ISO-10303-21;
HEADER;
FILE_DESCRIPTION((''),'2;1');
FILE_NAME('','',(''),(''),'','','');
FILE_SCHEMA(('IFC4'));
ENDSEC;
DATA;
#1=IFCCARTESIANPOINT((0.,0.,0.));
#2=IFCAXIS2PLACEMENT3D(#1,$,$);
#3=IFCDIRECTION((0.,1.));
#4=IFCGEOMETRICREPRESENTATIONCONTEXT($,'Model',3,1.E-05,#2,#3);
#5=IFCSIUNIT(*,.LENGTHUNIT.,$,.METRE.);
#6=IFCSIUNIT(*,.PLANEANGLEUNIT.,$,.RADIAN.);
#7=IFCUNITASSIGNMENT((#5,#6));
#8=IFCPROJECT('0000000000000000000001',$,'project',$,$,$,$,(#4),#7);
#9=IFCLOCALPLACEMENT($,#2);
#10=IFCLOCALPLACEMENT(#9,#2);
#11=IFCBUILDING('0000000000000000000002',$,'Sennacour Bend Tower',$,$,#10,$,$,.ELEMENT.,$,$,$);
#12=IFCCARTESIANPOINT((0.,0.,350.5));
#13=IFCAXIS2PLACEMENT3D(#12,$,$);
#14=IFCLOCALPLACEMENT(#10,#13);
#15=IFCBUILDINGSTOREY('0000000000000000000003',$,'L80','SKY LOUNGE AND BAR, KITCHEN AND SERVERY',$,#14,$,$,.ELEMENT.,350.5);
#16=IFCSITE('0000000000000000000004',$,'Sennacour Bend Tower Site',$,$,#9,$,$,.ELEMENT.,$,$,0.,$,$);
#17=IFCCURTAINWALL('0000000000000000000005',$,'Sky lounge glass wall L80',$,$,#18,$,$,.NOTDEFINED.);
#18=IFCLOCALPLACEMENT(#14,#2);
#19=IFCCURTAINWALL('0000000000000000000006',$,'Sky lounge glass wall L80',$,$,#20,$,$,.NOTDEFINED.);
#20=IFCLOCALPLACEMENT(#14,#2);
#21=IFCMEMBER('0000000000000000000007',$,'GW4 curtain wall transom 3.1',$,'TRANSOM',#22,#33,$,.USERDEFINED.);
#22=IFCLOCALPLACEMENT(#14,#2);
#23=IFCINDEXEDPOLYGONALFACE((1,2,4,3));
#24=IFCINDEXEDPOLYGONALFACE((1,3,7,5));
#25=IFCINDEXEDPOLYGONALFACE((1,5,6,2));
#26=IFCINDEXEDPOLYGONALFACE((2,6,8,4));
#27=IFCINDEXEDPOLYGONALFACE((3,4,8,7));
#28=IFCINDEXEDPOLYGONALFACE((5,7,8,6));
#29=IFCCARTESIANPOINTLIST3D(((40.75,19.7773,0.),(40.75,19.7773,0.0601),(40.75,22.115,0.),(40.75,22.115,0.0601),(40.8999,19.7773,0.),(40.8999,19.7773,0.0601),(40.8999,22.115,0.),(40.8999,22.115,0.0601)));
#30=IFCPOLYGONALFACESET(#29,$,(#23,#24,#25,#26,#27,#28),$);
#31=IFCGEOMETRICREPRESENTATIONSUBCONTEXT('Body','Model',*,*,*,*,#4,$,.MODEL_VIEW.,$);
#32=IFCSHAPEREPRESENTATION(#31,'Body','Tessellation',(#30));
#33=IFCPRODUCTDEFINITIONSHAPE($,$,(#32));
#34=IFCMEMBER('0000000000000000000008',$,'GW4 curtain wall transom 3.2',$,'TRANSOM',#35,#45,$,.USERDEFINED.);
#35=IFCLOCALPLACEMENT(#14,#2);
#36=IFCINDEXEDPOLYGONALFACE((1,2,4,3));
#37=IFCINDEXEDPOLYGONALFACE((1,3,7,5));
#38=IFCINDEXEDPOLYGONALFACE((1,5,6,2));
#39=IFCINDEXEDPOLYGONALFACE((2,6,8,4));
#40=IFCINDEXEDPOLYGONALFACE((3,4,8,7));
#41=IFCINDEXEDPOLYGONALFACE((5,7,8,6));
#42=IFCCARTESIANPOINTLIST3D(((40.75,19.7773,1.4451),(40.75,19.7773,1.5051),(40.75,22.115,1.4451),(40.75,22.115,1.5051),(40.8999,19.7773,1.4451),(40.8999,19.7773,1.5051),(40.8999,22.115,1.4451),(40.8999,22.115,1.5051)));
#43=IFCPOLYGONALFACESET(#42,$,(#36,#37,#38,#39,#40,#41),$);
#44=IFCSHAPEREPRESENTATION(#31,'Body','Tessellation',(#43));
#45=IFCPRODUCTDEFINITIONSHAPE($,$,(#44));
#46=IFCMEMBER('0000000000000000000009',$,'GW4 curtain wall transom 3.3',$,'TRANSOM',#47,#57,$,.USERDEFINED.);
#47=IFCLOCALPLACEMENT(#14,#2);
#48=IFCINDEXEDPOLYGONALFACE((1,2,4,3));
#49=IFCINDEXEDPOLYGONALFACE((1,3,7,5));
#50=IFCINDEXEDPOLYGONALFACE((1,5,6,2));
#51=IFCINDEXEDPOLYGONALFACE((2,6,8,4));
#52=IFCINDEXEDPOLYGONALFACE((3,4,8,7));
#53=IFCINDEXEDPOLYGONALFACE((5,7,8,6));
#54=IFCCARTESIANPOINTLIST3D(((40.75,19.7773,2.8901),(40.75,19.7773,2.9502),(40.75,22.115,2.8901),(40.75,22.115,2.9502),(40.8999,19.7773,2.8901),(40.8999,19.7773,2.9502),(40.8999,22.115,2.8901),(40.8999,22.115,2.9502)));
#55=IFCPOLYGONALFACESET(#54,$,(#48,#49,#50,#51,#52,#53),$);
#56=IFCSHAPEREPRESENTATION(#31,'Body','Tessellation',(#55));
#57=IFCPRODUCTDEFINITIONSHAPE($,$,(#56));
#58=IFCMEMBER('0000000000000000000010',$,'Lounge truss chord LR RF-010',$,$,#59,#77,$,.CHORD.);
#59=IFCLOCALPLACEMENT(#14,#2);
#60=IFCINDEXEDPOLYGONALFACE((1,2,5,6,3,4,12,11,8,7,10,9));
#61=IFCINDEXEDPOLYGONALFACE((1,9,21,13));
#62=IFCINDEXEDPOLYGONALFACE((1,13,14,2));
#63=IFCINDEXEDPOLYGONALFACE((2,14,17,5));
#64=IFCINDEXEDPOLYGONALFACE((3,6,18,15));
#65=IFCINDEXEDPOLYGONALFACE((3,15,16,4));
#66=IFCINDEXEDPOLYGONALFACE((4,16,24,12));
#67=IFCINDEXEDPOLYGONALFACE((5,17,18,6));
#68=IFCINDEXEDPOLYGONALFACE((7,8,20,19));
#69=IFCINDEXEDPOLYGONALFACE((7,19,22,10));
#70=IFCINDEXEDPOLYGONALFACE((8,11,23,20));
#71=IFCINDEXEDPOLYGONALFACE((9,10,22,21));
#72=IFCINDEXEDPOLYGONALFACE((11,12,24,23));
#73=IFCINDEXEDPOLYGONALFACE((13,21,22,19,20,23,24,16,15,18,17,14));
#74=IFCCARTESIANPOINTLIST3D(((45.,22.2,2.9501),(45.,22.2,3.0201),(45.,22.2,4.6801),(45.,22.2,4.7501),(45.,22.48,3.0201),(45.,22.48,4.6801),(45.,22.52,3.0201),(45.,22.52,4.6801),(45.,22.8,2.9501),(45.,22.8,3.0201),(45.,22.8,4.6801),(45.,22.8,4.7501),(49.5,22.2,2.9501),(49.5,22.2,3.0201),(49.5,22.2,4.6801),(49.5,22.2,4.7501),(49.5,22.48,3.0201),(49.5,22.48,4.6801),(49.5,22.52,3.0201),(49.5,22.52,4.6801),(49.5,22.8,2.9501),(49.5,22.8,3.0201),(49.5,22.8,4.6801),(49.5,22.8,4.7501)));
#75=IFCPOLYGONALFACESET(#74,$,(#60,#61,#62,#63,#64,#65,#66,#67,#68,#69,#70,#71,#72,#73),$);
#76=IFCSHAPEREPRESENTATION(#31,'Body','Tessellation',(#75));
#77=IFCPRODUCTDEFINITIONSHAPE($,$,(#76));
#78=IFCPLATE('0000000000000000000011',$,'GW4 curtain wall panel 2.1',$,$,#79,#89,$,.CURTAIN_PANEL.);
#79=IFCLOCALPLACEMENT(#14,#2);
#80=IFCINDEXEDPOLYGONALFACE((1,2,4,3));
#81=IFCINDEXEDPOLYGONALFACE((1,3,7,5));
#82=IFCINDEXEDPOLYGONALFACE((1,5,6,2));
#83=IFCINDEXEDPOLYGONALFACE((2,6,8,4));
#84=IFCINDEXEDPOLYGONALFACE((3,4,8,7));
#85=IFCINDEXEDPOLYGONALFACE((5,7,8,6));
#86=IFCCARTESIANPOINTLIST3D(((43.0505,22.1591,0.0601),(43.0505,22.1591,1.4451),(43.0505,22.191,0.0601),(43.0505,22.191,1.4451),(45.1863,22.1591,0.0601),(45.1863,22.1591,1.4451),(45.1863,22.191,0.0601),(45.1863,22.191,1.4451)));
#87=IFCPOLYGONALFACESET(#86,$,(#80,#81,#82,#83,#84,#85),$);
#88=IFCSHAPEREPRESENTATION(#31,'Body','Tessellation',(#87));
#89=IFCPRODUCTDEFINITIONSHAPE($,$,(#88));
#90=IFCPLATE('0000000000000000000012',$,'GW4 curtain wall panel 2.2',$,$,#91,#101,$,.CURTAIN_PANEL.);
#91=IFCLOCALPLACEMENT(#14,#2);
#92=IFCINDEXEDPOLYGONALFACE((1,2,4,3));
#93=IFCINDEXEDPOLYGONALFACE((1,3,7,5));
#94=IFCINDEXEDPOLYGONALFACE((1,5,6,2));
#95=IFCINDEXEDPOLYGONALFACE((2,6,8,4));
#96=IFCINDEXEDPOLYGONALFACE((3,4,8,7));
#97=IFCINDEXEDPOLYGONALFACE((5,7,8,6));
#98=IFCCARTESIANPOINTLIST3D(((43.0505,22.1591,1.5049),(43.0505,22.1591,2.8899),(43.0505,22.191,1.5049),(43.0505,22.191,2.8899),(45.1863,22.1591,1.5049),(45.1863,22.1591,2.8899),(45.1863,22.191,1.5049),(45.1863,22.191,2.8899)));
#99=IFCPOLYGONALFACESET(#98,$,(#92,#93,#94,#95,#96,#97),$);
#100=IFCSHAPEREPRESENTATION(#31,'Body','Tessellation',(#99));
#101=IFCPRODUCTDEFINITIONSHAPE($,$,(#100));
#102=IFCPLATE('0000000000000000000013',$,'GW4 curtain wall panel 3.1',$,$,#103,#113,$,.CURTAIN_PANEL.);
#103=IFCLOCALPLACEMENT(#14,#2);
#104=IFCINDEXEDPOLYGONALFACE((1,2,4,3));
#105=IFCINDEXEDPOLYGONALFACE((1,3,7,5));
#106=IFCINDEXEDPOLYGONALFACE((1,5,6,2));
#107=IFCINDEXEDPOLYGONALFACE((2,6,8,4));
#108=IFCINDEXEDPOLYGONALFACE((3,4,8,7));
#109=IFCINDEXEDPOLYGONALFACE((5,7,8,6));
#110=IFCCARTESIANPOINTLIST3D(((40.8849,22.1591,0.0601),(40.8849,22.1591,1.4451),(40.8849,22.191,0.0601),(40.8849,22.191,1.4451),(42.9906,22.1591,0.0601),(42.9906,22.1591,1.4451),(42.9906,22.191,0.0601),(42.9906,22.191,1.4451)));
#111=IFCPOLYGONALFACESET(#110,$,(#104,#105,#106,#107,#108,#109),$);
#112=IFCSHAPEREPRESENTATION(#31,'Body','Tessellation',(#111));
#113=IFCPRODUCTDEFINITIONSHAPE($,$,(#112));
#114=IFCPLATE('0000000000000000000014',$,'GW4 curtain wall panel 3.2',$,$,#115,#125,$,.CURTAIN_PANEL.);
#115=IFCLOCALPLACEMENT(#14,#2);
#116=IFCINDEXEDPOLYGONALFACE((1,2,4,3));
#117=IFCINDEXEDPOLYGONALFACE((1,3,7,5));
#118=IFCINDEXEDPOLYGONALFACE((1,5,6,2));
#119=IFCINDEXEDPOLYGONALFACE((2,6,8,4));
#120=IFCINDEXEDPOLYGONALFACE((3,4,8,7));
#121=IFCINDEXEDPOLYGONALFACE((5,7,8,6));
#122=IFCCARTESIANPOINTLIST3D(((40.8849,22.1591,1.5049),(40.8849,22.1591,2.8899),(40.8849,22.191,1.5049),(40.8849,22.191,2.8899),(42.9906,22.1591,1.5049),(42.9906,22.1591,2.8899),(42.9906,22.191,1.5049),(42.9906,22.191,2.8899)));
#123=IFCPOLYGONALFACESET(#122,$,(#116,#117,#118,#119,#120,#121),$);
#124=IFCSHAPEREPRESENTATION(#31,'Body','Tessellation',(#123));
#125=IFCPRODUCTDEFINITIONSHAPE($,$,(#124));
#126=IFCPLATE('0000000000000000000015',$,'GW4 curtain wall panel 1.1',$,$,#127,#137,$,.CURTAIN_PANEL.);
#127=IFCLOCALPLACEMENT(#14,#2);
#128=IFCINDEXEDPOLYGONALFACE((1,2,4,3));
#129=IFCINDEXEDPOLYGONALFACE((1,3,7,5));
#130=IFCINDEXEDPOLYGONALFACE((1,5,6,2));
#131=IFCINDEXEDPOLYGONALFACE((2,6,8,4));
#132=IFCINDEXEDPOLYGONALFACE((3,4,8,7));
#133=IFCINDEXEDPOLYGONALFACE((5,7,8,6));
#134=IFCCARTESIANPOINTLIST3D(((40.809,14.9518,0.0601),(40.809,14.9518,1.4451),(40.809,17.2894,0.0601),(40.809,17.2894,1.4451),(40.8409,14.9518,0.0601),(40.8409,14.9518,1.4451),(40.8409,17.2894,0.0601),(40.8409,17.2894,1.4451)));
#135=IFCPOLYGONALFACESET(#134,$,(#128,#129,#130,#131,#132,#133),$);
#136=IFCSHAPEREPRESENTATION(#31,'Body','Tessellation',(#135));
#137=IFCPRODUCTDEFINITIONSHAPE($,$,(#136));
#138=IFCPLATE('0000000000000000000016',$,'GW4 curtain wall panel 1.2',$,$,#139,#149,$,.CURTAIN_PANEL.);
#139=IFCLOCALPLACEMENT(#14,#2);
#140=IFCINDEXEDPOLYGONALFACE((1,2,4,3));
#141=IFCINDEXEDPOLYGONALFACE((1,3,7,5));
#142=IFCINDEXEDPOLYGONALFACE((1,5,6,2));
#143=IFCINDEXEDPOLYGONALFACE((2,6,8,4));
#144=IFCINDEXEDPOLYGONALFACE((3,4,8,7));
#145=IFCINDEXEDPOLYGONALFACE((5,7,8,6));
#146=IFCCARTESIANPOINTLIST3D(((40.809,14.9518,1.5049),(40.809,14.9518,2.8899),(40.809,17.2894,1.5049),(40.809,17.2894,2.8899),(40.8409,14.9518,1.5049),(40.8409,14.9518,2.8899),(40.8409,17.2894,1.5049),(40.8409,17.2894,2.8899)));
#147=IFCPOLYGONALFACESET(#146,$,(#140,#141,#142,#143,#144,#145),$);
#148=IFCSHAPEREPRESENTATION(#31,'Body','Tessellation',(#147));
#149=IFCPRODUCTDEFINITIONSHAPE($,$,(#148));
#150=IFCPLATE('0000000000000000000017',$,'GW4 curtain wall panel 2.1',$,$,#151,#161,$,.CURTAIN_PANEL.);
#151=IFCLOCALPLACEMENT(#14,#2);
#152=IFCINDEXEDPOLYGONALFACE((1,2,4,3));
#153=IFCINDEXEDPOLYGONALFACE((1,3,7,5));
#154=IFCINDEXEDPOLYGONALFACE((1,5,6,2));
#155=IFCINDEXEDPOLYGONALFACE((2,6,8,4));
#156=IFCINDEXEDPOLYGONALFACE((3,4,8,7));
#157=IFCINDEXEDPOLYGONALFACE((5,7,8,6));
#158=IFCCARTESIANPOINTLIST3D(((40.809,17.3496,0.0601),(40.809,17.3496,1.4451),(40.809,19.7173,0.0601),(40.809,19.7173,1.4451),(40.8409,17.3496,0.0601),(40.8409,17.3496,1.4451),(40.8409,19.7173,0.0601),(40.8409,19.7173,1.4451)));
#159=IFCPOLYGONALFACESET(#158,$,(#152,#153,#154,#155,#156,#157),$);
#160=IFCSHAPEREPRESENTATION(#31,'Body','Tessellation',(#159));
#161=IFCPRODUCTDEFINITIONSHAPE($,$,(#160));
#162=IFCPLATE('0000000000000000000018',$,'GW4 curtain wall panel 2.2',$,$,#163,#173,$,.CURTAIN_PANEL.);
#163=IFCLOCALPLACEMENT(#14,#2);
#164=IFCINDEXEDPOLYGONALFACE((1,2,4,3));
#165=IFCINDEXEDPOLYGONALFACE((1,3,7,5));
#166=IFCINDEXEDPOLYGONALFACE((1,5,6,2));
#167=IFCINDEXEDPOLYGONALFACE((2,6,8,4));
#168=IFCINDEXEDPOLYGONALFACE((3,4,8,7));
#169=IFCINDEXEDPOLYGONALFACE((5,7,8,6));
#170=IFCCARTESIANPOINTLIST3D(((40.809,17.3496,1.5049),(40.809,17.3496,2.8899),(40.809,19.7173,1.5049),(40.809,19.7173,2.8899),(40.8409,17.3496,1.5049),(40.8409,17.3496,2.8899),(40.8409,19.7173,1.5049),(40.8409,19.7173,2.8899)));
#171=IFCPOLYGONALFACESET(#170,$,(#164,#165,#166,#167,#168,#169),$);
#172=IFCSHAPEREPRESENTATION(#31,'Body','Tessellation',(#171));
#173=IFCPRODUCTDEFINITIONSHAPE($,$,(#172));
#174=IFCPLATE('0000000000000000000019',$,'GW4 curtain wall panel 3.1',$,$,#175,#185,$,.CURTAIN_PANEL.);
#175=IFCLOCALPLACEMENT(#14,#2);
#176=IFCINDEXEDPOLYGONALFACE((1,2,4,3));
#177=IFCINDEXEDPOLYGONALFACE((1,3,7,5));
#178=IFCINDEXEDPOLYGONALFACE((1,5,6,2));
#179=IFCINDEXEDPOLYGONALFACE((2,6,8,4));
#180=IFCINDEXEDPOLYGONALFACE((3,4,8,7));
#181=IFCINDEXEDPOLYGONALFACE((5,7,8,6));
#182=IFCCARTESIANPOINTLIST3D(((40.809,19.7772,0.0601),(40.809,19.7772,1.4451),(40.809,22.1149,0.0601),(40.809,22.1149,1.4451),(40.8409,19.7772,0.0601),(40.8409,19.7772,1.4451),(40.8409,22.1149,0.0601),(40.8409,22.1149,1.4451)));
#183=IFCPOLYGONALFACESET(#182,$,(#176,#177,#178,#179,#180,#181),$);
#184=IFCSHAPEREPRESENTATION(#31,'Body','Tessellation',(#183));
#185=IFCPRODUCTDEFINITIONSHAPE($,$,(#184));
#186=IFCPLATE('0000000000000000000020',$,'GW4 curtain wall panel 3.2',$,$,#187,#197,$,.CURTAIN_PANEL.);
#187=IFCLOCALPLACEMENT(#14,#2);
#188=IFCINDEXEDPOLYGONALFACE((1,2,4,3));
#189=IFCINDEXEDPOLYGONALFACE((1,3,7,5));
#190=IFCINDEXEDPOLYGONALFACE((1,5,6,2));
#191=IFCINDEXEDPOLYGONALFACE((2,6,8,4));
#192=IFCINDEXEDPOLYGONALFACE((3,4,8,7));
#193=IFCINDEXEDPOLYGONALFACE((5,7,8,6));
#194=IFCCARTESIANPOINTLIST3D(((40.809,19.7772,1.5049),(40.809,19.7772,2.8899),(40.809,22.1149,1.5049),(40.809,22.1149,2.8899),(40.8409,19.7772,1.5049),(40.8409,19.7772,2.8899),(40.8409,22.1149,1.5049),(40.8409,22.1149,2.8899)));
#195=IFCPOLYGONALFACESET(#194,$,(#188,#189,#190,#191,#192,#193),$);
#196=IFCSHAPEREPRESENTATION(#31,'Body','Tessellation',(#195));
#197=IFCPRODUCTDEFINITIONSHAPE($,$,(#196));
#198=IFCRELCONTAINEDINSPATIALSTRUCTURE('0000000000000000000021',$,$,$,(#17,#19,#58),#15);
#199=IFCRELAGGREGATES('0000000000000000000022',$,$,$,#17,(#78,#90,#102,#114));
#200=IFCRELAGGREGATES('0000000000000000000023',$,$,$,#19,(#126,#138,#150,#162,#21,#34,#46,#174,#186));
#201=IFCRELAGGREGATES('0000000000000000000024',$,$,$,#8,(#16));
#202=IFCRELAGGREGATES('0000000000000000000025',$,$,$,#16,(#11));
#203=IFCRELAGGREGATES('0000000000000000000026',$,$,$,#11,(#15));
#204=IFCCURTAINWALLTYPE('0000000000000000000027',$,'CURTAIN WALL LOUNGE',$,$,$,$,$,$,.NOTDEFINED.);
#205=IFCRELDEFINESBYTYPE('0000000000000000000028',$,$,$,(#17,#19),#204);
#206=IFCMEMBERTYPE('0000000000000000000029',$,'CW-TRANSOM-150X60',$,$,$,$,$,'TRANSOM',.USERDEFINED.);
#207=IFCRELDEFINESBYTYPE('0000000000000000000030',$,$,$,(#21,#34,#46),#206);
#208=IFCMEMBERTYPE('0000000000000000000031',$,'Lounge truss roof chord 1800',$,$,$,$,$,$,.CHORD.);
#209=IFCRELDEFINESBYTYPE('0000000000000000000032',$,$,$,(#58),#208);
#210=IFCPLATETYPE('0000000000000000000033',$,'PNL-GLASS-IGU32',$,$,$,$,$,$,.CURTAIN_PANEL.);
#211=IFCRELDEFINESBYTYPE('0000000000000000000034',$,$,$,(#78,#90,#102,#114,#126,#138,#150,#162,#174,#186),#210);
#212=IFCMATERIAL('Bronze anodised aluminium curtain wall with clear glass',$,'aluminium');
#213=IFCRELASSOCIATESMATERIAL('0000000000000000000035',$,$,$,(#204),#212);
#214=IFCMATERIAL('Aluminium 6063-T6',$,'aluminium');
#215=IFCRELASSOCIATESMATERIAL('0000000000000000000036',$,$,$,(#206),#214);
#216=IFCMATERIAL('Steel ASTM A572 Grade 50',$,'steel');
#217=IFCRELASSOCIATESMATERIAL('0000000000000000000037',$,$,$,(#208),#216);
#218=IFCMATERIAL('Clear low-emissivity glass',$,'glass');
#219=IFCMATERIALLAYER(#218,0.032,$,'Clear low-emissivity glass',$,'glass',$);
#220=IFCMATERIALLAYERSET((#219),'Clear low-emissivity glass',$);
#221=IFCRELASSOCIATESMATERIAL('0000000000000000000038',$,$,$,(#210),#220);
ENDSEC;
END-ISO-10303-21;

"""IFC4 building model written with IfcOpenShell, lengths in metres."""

from ifc_helpers import new_model, si_unit, direction, frame, origin, origin_2d, place, context, subcontext, project, spatial, rectangle, i_section, extrude, material, layer, layer_set, material_profile, profile_set, type_object, element, aggregate, save


model = new_model("IFC4")

# Units and contexts
model_context = context("Model", 3, precision=1e-05, world=origin(), true_north=direction((0.0, 1.0)))
body_context = subcontext(model_context, "Body", "Model", "MODEL_VIEW")
ifc_project = project(units=[si_unit("LENGTHUNIT", "METRE"), si_unit("PLANEANGLEUNIT", "RADIAN")], contexts=[model_context])

# Site, building, storey
site_placement = place(None, origin())
site = spatial("IfcSite", under=ifc_project, at=site_placement, Name="Sennacour Bend Tower Site", CompositionType="ELEMENT", RefElevation=0.0)
building_placement = place(site_placement, origin())
building = spatial("IfcBuilding", under=site, at=building_placement, Name="Sennacour Bend Tower", CompositionType="ELEMENT")
storey_placement = place(building_placement, frame((0.0, 0.0, 350.5)))
storey = spatial("IfcBuildingStorey", under=building, at=storey_placement, Name="L80", Description="SKY LOUNGE AND BAR, KITCHEN AND SERVERY", CompositionType="ELEMENT", Elevation=350.5)

# Curtain walls
ifc_material_1 = material(Name="Bronze anodised aluminium curtain wall with clear glass", Category="aluminium")
curtain_wall_type = type_object("IfcCurtainWallType", Name="CURTAIN WALL LOUNGE", PredefinedType="NOTDEFINED", material=ifc_material_1)
curtain_wall_1_placement = place(storey_placement, origin())
curtain_wall_1 = element("IfcCurtainWall", 1, at=curtain_wall_1_placement, inside=storey, type_object=curtain_wall_type, Name="Sky lounge glass wall L80", PredefinedType="NOTDEFINED")
ifc_material_2 = material(Name="Aluminium 6063-T6", Category="aluminium")
curtain_wall_2_placement = place(storey_placement, origin())
curtain_wall_2 = element("IfcCurtainWall", 2, at=curtain_wall_2_placement, inside=storey, type_object=curtain_wall_type, Name="Sky lounge glass wall L80", PredefinedType="NOTDEFINED")

# Members
ifc_material_profile_1 = material_profile(ifc_material_2, rectangle(XDim=0.1499, YDim=0.0601, at=origin_2d()), Name="Aluminium 6063-T6", Category="aluminium")
ifc_profile_set_1 = profile_set([ifc_material_profile_1], Name="Aluminium 6063-T6")
member_type_1 = type_object("IfcMemberType", Name="CW-TRANSOM-150X60", ElementType="TRANSOM", PredefinedType="USERDEFINED", material=ifc_profile_set_1)
member_1_placement = place(storey_placement, frame((40.825, 19.7773, 0.03), z_axis=(0.0, 1.0, 0.0), x_axis=(-1.0, 0.0, 0.0)))
member_1 = element("IfcMember", 3, at=member_1_placement, type_object=member_type_1, Name="GW4 curtain wall transom 3.1", ObjectType="TRANSOM", PredefinedType="USERDEFINED", context=body_context, shape_type="SweptSolid", body=[
    extrude(rectangle(XDim=0.1499, YDim=0.0601, at=origin_2d()), origin(), (0.0, 0.0, 1.0), 2.3376),
])
member_2_placement = place(storey_placement, frame((40.825, 19.7773, 1.4751), z_axis=(0.0, 1.0, 0.0), x_axis=(-1.0, 0.0, 0.0)))
member_2 = element("IfcMember", 4, at=member_2_placement, type_object=member_type_1, Name="GW4 curtain wall transom 3.2", ObjectType="TRANSOM", PredefinedType="USERDEFINED", context=body_context, shape_type="SweptSolid", body=[
    extrude(rectangle(XDim=0.1499, YDim=0.0601, at=origin_2d()), origin(), (0.0, 0.0, 1.0), 2.3376),
])
member_3_placement = place(storey_placement, frame((40.825, 19.7773, 2.9202), z_axis=(0.0, 1.0, 0.0), x_axis=(-1.0, 0.0, 0.0)))
member_3 = element("IfcMember", 5, at=member_3_placement, type_object=member_type_1, Name="GW4 curtain wall transom 3.3", ObjectType="TRANSOM", PredefinedType="USERDEFINED", context=body_context, shape_type="SweptSolid", body=[
    extrude(rectangle(XDim=0.1499, YDim=0.0601, at=origin_2d()), origin(), (0.0, 0.0, 1.0), 2.3376),
])
ifc_material_3 = material(Name="Steel ASTM A572 Grade 50", Category="steel")
ifc_material_profile_2 = material_profile(ifc_material_3, i_section(OverallWidth=0.6001, OverallDepth=1.8, WebThickness=0.04, FlangeThickness=0.0701, at=origin_2d()), Name="Steel ASTM A572 Grade 50", Category="steel")
ifc_profile_set_2 = profile_set([ifc_material_profile_2], Name="Steel ASTM A572 Grade 50")
member_type_2 = type_object("IfcMemberType", Name="Lounge truss roof chord 1800", PredefinedType="CHORD", material=ifc_profile_set_2)
member_4_placement = place(storey_placement, frame((45.0, 22.5, 3.8501), z_axis=(1.0, 0.0, 0.0), x_axis=(0.0, 1.0, 0.0)))
element("IfcMember", 6, at=member_4_placement, inside=storey, type_object=member_type_2, Name="Lounge truss chord LR RF-010", PredefinedType="CHORD", context=body_context, shape_type="SweptSolid", body=[
    extrude(i_section(OverallWidth=0.6001, OverallDepth=1.8, WebThickness=0.04, FlangeThickness=0.0701, at=origin_2d()), origin(), (0.0, 0.0, 1.0), 4.5),
])

# Plates
ifc_material_4 = material(Name="Clear low-emissivity glass", Category="glass")
ifc_layer = layer(ifc_material_4, 0.032, Name="Clear low-emissivity glass", Category="glass")
ifc_layer_set = layer_set([ifc_layer], Name="Clear low-emissivity glass")
plate_type = type_object("IfcPlateType", Name="PNL-GLASS-IGU32", PredefinedType="CURTAIN_PANEL", material=ifc_layer_set)
plate_1_placement = place(storey_placement, frame((44.1184, 22.175, 0.0601), z_axis=(0.0, 0.0, 1.0), x_axis=(-1.0, 0.0, 0.0)))
plate_1 = element("IfcPlate", 7, at=plate_1_placement, type_object=plate_type, Name="GW4 curtain wall panel 2.1", PredefinedType="CURTAIN_PANEL", context=body_context, shape_type="SweptSolid", body=[
    extrude(rectangle(XDim=2.1357, YDim=0.032, at=origin_2d()), origin(), (0.0, 0.0, 1.0), 1.385),
])
plate_2_placement = place(storey_placement, frame((44.1184, 22.175, 1.5049), z_axis=(0.0, 0.0, 1.0), x_axis=(-1.0, 0.0, 0.0)))
plate_2 = element("IfcPlate", 8, at=plate_2_placement, type_object=plate_type, Name="GW4 curtain wall panel 2.2", PredefinedType="CURTAIN_PANEL", context=body_context, shape_type="SweptSolid", body=[
    extrude(rectangle(XDim=2.1357, YDim=0.032, at=origin_2d()), origin(), (0.0, 0.0, 1.0), 1.385),
])
plate_3_placement = place(storey_placement, frame((41.9377, 22.175, 0.0601), z_axis=(0.0, 0.0, 1.0), x_axis=(-1.0, 0.0, 0.0)))
plate_3 = element("IfcPlate", 9, at=plate_3_placement, type_object=plate_type, Name="GW4 curtain wall panel 3.1", PredefinedType="CURTAIN_PANEL", context=body_context, shape_type="SweptSolid", body=[
    extrude(rectangle(XDim=2.1057, YDim=0.032, at=origin_2d()), origin(), (0.0, 0.0, 1.0), 1.385),
])
plate_4_placement = place(storey_placement, frame((41.9377, 22.175, 1.5049), z_axis=(0.0, 0.0, 1.0), x_axis=(-1.0, 0.0, 0.0)))
plate_4 = element("IfcPlate", 10, at=plate_4_placement, type_object=plate_type, Name="GW4 curtain wall panel 3.2", PredefinedType="CURTAIN_PANEL", context=body_context, shape_type="SweptSolid", body=[
    extrude(rectangle(XDim=2.1057, YDim=0.032, at=origin_2d()), origin(), (0.0, 0.0, 1.0), 1.385),
])
aggregate(curtain_wall_1, [plate_1, plate_2, plate_3, plate_4])
plate_5_placement = place(storey_placement, frame((40.825, 16.1206, 0.0601), z_axis=(0.0, 0.0, 1.0), x_axis=(0.0, 1.0, 0.0)))
plate_5 = element("IfcPlate", 11, at=plate_5_placement, type_object=plate_type, Name="GW4 curtain wall panel 1.1", PredefinedType="CURTAIN_PANEL", context=body_context, shape_type="SweptSolid", body=[
    extrude(rectangle(XDim=2.3376, YDim=0.032, at=origin_2d()), origin(), (0.0, 0.0, 1.0), 1.385),
])
plate_6_placement = place(storey_placement, frame((40.825, 16.1206, 1.5049), z_axis=(0.0, 0.0, 1.0), x_axis=(0.0, 1.0, 0.0)))
plate_6 = element("IfcPlate", 12, at=plate_6_placement, type_object=plate_type, Name="GW4 curtain wall panel 1.2", PredefinedType="CURTAIN_PANEL", context=body_context, shape_type="SweptSolid", body=[
    extrude(rectangle(XDim=2.3376, YDim=0.032, at=origin_2d()), origin(), (0.0, 0.0, 1.0), 1.385),
])
plate_7_placement = place(storey_placement, frame((40.825, 18.5334, 0.0601), z_axis=(0.0, 0.0, 1.0), x_axis=(0.0, 1.0, 0.0)))
plate_7 = element("IfcPlate", 13, at=plate_7_placement, type_object=plate_type, Name="GW4 curtain wall panel 2.1", PredefinedType="CURTAIN_PANEL", context=body_context, shape_type="SweptSolid", body=[
    extrude(rectangle(XDim=2.3677, YDim=0.032, at=origin_2d()), origin(), (0.0, 0.0, 1.0), 1.385),
])
plate_8_placement = place(storey_placement, frame((40.825, 18.5334, 1.5049), z_axis=(0.0, 0.0, 1.0), x_axis=(0.0, 1.0, 0.0)))
plate_8 = element("IfcPlate", 14, at=plate_8_placement, type_object=plate_type, Name="GW4 curtain wall panel 2.2", PredefinedType="CURTAIN_PANEL", context=body_context, shape_type="SweptSolid", body=[
    extrude(rectangle(XDim=2.3677, YDim=0.032, at=origin_2d()), origin(), (0.0, 0.0, 1.0), 1.385),
])
plate_9_placement = place(storey_placement, frame((40.825, 20.946, 0.0601), z_axis=(0.0, 0.0, 1.0), x_axis=(0.0, 1.0, 0.0)))
plate_9 = element("IfcPlate", 15, at=plate_9_placement, type_object=plate_type, Name="GW4 curtain wall panel 3.1", PredefinedType="CURTAIN_PANEL", context=body_context, shape_type="SweptSolid", body=[
    extrude(rectangle(XDim=2.3376, YDim=0.032, at=origin_2d()), origin(), (0.0, 0.0, 1.0), 1.385),
])
plate_10_placement = place(storey_placement, frame((40.825, 20.946, 1.5049), z_axis=(0.0, 0.0, 1.0), x_axis=(0.0, 1.0, 0.0)))
plate_10 = element("IfcPlate", 16, at=plate_10_placement, type_object=plate_type, Name="GW4 curtain wall panel 3.2", PredefinedType="CURTAIN_PANEL", context=body_context, shape_type="SweptSolid", body=[
    extrude(rectangle(XDim=2.3376, YDim=0.032, at=origin_2d()), origin(), (0.0, 0.0, 1.0), 1.385),
])
aggregate(curtain_wall_2, [plate_5, plate_6, plate_7, plate_8, member_1, member_2, member_3, plate_9, plate_10])

save(model, "model.ifc")
